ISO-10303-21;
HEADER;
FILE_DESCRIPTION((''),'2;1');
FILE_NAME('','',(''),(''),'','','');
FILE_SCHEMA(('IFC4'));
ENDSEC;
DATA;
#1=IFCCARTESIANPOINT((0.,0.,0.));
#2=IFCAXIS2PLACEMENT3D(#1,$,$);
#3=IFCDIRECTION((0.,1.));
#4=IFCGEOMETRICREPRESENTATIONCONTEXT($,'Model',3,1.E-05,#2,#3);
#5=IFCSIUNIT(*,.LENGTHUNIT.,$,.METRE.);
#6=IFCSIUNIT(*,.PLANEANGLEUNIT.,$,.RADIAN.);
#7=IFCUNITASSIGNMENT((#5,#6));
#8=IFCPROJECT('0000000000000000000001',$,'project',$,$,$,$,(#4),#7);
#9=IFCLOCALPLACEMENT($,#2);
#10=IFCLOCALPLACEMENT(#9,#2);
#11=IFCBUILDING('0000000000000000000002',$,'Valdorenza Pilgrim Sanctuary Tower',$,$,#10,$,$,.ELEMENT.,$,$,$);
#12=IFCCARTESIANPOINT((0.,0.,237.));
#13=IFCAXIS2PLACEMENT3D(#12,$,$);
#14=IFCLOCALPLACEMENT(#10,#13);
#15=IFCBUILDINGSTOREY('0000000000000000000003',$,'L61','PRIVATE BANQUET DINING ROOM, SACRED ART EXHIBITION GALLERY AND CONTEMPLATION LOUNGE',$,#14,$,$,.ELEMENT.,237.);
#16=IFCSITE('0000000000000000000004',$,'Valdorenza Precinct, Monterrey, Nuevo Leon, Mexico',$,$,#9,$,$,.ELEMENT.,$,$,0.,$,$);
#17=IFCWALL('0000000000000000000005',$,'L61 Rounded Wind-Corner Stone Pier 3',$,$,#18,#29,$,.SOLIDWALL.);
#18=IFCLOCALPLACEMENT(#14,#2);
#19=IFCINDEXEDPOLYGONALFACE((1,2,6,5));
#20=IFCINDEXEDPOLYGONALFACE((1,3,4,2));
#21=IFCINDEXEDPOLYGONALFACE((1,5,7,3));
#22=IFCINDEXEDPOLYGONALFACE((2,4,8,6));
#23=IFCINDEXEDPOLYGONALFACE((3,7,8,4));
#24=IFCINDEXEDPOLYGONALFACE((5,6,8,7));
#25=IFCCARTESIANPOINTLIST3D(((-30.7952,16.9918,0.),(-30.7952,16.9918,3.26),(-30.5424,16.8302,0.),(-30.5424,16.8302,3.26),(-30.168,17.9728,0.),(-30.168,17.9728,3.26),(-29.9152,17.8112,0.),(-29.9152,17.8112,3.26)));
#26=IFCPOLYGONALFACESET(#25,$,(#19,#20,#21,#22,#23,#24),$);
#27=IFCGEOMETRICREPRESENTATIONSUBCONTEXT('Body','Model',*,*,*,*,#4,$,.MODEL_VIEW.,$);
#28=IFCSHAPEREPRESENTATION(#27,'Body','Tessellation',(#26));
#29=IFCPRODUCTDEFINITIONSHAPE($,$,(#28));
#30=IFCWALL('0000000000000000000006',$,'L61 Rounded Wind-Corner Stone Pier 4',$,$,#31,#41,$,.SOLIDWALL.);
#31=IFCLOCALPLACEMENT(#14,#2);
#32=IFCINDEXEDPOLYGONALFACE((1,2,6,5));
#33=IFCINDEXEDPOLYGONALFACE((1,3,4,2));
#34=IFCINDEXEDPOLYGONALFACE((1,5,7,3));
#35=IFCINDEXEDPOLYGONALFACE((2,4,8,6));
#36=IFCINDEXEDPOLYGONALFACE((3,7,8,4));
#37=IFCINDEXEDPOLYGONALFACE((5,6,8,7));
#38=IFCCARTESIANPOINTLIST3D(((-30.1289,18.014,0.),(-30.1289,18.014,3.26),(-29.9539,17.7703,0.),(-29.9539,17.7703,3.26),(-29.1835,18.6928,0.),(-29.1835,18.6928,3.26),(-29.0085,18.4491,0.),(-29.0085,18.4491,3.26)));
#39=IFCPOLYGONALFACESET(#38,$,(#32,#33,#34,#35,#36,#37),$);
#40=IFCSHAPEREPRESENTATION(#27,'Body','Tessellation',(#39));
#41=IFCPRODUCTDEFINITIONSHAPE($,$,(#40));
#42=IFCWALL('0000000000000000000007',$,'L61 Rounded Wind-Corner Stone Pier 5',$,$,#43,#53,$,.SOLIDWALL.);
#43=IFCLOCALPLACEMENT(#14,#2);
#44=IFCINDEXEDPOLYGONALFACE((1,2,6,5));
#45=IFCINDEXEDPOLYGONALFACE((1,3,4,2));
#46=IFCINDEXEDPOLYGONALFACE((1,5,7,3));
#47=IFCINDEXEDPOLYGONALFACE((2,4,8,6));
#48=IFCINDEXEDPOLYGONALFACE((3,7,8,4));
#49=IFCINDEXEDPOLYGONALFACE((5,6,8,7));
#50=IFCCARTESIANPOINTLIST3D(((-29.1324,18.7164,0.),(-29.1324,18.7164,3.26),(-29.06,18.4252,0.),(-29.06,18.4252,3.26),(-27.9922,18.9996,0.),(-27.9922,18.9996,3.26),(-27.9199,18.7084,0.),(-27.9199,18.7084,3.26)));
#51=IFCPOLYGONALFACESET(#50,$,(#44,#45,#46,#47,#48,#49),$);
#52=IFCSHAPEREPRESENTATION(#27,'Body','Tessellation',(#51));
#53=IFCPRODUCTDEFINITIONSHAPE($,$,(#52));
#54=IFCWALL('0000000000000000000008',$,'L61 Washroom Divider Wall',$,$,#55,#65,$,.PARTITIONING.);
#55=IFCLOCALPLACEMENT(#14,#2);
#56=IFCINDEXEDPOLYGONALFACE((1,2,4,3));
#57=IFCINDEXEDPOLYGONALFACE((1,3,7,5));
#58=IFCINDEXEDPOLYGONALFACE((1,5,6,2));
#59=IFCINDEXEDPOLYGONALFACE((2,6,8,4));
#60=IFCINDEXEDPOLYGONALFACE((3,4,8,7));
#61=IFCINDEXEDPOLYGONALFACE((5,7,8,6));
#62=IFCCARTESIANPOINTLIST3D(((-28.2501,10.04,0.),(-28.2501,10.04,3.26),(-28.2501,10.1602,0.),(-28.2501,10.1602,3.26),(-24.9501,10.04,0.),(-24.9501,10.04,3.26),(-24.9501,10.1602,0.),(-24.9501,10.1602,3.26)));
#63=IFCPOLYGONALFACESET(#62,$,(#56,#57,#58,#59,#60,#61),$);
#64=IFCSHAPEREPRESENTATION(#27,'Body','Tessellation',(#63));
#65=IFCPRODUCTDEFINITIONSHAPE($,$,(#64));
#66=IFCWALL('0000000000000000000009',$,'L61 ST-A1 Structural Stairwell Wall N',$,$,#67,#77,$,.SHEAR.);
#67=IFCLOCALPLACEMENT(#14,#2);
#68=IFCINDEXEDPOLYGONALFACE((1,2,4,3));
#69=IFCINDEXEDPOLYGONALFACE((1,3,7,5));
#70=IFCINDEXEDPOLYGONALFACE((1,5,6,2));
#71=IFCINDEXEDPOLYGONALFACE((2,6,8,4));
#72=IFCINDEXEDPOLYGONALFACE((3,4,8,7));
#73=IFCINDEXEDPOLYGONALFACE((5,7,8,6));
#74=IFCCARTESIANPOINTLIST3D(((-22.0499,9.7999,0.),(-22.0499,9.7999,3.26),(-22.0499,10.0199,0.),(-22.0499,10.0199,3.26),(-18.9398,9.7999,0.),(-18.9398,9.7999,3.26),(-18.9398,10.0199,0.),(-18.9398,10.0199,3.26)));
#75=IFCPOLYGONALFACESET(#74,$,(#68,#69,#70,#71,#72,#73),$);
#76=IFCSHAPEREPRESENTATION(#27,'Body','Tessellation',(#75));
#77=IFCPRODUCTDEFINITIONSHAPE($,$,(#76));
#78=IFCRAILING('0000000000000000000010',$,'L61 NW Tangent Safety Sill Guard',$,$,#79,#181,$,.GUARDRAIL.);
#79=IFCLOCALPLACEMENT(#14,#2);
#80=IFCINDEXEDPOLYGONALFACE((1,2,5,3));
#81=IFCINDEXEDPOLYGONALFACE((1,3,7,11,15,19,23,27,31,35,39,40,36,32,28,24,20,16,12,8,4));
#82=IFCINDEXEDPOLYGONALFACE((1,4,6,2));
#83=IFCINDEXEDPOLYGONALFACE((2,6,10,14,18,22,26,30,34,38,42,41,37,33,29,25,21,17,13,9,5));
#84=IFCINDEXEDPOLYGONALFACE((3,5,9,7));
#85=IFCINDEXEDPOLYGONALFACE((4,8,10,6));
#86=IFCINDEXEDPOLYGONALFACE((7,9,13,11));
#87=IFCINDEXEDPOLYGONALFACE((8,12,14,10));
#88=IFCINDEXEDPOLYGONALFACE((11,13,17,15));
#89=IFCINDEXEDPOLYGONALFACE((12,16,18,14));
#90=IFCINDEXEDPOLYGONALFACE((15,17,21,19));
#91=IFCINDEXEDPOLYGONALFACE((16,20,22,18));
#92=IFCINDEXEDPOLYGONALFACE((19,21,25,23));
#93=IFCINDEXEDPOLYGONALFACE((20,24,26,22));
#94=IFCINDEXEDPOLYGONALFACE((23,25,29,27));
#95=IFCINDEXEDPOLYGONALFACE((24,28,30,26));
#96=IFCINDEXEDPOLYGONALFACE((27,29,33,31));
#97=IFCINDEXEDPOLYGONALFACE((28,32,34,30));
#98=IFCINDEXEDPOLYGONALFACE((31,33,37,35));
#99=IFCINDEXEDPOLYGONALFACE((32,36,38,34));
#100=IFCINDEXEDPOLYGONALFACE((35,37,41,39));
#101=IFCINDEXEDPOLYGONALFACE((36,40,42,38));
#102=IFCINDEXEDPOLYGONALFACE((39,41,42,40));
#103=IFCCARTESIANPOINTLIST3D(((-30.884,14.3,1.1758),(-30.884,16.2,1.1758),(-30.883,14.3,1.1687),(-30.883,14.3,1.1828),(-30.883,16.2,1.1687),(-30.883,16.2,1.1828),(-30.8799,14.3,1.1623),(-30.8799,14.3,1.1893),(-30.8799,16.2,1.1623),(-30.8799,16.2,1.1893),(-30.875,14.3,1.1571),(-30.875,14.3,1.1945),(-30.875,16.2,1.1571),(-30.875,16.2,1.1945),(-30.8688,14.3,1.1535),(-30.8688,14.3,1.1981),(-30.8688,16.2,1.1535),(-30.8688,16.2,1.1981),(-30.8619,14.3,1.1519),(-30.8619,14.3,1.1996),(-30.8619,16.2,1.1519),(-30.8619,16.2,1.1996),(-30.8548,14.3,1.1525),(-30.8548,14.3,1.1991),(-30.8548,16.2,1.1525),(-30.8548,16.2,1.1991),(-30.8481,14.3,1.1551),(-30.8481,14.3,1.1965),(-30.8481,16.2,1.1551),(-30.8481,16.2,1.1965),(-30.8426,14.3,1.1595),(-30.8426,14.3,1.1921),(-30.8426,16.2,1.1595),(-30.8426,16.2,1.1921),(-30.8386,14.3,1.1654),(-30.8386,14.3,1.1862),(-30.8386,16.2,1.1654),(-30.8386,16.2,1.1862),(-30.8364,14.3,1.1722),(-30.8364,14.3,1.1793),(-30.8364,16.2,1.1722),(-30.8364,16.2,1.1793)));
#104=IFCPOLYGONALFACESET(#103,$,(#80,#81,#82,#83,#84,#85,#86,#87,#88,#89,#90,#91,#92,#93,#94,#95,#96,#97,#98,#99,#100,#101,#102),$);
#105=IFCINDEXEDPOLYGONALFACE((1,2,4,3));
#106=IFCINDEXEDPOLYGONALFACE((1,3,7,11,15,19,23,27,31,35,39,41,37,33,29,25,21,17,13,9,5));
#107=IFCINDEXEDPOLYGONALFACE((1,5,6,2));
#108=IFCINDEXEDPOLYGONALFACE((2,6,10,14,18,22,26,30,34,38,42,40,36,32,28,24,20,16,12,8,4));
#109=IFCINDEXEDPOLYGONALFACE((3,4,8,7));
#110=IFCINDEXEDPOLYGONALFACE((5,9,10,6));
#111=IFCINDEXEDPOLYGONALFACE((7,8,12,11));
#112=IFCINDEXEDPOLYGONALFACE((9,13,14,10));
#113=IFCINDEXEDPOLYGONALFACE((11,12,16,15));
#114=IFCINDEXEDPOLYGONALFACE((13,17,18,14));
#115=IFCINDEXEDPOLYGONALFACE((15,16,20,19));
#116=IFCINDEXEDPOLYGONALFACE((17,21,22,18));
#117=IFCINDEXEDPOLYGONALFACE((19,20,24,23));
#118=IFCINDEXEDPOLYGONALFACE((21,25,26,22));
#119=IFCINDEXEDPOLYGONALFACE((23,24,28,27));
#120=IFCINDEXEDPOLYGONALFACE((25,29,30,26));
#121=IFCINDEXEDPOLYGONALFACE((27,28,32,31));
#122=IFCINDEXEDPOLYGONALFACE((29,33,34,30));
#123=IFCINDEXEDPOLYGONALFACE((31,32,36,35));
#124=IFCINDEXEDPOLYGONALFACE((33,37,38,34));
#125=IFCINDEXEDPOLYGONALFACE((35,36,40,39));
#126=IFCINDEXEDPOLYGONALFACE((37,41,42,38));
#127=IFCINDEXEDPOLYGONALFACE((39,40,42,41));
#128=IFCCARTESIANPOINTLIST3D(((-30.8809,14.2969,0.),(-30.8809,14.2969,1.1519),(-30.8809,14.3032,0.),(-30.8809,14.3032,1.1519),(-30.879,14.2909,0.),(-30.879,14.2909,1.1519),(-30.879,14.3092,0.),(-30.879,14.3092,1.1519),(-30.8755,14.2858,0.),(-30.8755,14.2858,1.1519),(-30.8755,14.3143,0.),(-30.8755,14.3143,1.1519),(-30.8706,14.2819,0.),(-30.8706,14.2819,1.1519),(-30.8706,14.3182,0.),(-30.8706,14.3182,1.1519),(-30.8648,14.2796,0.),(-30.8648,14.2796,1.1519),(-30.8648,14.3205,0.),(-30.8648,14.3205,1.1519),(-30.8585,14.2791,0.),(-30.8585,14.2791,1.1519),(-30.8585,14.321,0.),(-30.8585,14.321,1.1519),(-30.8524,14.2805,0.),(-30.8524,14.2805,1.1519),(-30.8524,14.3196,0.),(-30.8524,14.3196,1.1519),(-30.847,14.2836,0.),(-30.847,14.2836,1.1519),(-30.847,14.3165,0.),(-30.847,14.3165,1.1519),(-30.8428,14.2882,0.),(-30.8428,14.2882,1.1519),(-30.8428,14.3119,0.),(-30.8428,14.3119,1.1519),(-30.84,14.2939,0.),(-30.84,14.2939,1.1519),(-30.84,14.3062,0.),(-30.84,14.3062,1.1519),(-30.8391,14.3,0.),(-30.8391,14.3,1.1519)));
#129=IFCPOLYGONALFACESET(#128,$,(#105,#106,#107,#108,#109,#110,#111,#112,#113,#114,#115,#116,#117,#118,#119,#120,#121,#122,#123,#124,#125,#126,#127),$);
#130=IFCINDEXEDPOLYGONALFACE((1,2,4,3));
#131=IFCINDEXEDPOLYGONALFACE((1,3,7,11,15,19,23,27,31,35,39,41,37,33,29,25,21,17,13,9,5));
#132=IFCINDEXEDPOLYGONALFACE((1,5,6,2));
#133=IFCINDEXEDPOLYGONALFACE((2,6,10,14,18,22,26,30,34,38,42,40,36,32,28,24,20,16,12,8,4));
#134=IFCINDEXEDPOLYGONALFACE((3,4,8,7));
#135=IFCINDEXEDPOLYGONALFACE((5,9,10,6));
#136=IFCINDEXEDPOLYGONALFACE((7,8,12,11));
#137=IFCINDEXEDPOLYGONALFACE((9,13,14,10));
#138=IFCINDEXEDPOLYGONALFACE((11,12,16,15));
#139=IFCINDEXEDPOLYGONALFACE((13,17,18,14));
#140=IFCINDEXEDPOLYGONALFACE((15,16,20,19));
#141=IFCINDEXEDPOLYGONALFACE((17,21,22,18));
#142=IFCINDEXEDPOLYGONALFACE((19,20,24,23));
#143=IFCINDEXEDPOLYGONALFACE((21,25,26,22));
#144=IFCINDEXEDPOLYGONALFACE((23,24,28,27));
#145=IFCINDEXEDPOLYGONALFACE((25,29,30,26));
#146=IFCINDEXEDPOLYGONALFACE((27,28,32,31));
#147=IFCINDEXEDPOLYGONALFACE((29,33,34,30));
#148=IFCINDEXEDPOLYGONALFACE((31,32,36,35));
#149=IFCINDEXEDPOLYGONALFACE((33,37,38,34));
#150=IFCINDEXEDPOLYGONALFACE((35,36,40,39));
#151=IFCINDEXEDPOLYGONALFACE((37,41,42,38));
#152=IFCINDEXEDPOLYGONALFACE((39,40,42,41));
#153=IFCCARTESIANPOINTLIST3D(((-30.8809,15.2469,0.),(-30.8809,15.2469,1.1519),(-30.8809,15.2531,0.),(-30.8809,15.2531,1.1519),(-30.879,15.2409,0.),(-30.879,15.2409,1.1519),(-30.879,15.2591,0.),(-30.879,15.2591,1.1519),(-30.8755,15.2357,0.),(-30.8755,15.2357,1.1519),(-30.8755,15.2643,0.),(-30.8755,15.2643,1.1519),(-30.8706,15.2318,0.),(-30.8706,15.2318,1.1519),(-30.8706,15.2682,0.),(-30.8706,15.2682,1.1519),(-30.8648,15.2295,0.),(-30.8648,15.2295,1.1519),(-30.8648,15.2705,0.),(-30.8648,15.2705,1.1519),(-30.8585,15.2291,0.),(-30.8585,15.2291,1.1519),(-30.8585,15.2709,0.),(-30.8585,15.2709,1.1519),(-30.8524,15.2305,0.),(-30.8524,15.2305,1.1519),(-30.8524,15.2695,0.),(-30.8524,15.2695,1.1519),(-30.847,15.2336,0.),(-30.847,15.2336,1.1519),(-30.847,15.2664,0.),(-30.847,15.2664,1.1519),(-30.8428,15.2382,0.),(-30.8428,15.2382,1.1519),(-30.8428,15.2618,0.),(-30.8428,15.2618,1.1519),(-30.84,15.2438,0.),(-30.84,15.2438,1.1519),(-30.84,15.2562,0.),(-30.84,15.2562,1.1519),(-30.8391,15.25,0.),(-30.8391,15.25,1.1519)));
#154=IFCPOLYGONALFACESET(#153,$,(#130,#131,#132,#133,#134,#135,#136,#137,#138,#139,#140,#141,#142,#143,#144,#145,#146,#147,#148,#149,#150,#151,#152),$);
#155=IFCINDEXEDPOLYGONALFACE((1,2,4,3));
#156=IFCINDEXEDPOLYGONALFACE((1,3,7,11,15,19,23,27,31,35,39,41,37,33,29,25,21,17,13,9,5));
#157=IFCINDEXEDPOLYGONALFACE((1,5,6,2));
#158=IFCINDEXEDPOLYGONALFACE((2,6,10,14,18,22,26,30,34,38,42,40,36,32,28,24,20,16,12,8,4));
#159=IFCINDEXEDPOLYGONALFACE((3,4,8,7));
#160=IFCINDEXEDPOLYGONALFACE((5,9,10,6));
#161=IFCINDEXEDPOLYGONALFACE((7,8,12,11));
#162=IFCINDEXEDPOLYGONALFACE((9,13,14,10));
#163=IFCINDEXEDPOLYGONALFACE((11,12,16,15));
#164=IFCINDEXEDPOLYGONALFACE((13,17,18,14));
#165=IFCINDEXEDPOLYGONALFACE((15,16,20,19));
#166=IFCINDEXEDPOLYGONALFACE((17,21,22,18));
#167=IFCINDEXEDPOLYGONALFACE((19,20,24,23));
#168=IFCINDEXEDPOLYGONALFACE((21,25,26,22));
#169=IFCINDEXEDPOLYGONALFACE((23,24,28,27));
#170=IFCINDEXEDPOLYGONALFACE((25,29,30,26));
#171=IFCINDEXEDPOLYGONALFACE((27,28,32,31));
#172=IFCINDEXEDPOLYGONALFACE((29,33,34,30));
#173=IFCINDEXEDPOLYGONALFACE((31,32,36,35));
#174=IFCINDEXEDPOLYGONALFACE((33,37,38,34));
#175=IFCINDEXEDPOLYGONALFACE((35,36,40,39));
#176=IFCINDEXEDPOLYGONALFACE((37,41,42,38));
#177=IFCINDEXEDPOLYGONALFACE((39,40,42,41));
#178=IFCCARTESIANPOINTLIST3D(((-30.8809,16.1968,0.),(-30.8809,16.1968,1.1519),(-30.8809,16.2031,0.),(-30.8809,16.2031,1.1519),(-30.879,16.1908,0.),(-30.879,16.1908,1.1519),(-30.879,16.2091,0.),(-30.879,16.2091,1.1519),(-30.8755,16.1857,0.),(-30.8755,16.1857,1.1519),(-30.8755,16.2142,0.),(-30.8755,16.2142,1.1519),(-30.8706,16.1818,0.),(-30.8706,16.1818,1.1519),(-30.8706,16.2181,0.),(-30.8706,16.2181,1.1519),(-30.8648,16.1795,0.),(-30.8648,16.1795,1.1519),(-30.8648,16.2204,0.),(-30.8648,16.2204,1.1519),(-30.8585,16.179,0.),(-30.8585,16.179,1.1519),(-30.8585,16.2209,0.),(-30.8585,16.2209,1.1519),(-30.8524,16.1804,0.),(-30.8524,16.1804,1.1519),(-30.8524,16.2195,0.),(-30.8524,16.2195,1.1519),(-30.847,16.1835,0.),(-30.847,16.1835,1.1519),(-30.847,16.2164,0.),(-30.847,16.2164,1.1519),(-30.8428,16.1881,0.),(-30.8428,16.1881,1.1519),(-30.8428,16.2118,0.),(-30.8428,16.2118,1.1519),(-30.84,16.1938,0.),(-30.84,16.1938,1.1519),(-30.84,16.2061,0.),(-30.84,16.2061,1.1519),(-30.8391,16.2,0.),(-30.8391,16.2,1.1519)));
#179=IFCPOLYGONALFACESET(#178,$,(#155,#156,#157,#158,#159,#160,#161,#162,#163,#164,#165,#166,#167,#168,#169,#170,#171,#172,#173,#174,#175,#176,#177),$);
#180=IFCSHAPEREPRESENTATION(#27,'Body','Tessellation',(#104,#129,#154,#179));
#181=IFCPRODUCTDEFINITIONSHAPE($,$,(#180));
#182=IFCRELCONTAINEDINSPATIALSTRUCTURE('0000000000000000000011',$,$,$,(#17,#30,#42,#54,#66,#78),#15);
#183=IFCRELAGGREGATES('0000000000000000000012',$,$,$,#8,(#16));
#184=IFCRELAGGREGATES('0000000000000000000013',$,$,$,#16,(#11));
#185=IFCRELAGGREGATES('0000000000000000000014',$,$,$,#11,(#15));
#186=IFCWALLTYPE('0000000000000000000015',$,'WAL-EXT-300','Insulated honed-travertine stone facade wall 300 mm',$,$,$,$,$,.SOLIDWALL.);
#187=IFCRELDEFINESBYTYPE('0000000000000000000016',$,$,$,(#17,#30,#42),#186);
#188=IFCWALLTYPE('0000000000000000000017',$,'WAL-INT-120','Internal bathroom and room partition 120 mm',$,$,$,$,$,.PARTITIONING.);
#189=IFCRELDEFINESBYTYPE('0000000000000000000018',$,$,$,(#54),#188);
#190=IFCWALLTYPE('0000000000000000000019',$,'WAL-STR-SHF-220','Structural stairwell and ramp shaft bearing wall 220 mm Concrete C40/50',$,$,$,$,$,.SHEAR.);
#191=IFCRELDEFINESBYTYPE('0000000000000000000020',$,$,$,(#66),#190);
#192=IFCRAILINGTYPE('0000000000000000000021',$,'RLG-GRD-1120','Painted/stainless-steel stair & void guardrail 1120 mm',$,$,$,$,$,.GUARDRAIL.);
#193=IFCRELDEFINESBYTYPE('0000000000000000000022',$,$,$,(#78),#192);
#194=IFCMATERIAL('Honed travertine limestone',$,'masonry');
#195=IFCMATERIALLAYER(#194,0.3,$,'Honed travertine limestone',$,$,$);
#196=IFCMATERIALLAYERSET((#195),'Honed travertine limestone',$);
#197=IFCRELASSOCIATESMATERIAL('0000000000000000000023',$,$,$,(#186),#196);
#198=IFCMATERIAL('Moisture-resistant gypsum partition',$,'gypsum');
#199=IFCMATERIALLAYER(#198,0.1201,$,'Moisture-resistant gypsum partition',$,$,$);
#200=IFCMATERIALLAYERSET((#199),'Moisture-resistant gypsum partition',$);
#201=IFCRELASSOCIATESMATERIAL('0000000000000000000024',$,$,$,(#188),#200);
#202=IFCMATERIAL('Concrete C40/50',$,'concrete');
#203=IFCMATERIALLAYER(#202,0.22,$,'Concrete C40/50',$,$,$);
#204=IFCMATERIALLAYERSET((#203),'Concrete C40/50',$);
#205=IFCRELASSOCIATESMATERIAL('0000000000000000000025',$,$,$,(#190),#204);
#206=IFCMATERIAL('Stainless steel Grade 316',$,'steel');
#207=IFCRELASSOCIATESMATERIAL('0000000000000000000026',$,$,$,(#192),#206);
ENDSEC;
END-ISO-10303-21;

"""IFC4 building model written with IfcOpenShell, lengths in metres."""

from ifc_helpers import new_model, si_unit, direction, frame, frame_2d, origin, origin_2d, place, context, subcontext, project, spatial, rectangle, circle, extrude, material, layer, layer_set, type_object, element, save


model = new_model("IFC4")

# Units and contexts
model_context = context("Model", 3, precision=1e-05, world=origin(), true_north=direction((0.0, 1.0)))
body_context = subcontext(model_context, "Body", "Model", "MODEL_VIEW")
ifc_project = project(units=[si_unit("LENGTHUNIT", "METRE"), si_unit("PLANEANGLEUNIT", "RADIAN")], contexts=[model_context])

# Site, building, storey
site_placement = place(None, origin())
site = spatial("IfcSite", under=ifc_project, at=site_placement, Name="Valdorenza Precinct, Monterrey, Nuevo Leon, Mexico", CompositionType="ELEMENT", RefElevation=0.0)
building_placement = place(site_placement, origin())
building = spatial("IfcBuilding", under=site, at=building_placement, Name="Valdorenza Pilgrim Sanctuary Tower", CompositionType="ELEMENT")
storey_placement = place(building_placement, frame((0.0, 0.0, 237.0)))
storey = spatial("IfcBuildingStorey", under=building, at=storey_placement, Name="L61", Description="PRIVATE BANQUET DINING ROOM, SACRED ART EXHIBITION GALLERY AND CONTEMPLATION LOUNGE", CompositionType="ELEMENT", Elevation=237.0)

# Shared definitions
ifc_material_1 = material(Name="Honed travertine limestone", Category="masonry")

# Walls
ifc_layer_1 = layer(ifc_material_1, 0.3, Name="Honed travertine limestone")
ifc_layer_set_1 = layer_set([ifc_layer_1], Name="Honed travertine limestone")
wall_type_1 = type_object("IfcWallType", Name="WAL-EXT-300", Description="Insulated honed-travertine stone facade wall 300 mm", PredefinedType="SOLIDWALL", material=ifc_layer_set_1)
wall_1_placement = place(storey_placement, frame((-30.6687, 16.9111, 0.0), z_axis=(0.0, 0.0, 1.0), x_axis=(0.538679, 0.842511, 0.0)))
element("IfcWall", 1, at=wall_1_placement, inside=storey, type_object=wall_type_1, Name="L61 Rounded Wind-Corner Stone Pier 3", PredefinedType="SOLIDWALL", context=body_context, shape_type="SweptSolid", body=[
    extrude(rectangle(XDim=1.1643, YDim=0.3, at=frame_2d((0.582, 0.0))), origin(), (0.0, 0.0, 1.0), 3.26),
])
wall_2_placement = place(storey_placement, frame((-30.0415, 17.8921, 0.0), z_axis=(0.0, 0.0, 1.0), x_axis=(0.812314, 0.583221, 0.0)))
element("IfcWall", 2, at=wall_2_placement, inside=storey, type_object=wall_type_1, Name="L61 Rounded Wind-Corner Stone Pier 4", PredefinedType="SOLIDWALL", context=body_context, shape_type="SweptSolid", body=[
    extrude(rectangle(XDim=1.1638, YDim=0.3, at=frame_2d((0.582, 0.0))), origin(), (0.0, 0.0, 1.0), 3.26),
])
wall_3_placement = place(storey_placement, frame((-29.0962, 18.5708, 0.0), z_axis=(0.0, 0.0, 1.0), x_axis=(0.970508, 0.241068, 0.0)))
element("IfcWall", 3, at=wall_3_placement, inside=storey, type_object=wall_type_1, Name="L61 Rounded Wind-Corner Stone Pier 5", PredefinedType="SOLIDWALL", context=body_context, shape_type="SweptSolid", body=[
    extrude(rectangle(XDim=1.1748, YDim=0.3, at=frame_2d((0.5874, 0.0))), origin(), (0.0, 0.0, 1.0), 3.26),
])
ifc_material_2 = material(Name="Moisture-resistant gypsum partition", Category="gypsum")
ifc_layer_2 = layer(ifc_material_2, 0.1201, Name="Moisture-resistant gypsum partition")
ifc_layer_set_2 = layer_set([ifc_layer_2], Name="Moisture-resistant gypsum partition")
wall_type_2 = type_object("IfcWallType", Name="WAL-INT-120", Description="Internal bathroom and room partition 120 mm", PredefinedType="PARTITIONING", material=ifc_layer_set_2)
wall_4_placement = place(storey_placement, frame((-28.25, 10.1001, 0.0), z_axis=(0.0, 0.0, 1.0), x_axis=(1.0, 0.0, 0.0)))
element("IfcWall", 4, at=wall_4_placement, inside=storey, type_object=wall_type_2, Name="L61 Washroom Divider Wall", PredefinedType="PARTITIONING", context=body_context, shape_type="SweptSolid", body=[
    extrude(rectangle(XDim=3.3, YDim=0.1201, at=frame_2d((1.6499, 0.0))), origin(), (0.0, 0.0, 1.0), 3.26),
])
ifc_material_3 = material(Name="Concrete C40/50", Category="concrete")
ifc_layer_3 = layer(ifc_material_3, 0.22, Name="Concrete C40/50")
ifc_layer_set_3 = layer_set([ifc_layer_3], Name="Concrete C40/50")
wall_type_3 = type_object("IfcWallType", Name="WAL-STR-SHF-220", Description="Structural stairwell and ramp shaft bearing wall 220 mm Concrete C40/50", PredefinedType="SHEAR", material=ifc_layer_set_3)
wall_5_placement = place(storey_placement, frame((-22.05, 9.9099, 0.0), z_axis=(0.0, 0.0, 1.0), x_axis=(1.0, 0.0, 0.0)))
element("IfcWall", 5, at=wall_5_placement, inside=storey, type_object=wall_type_3, Name="L61 ST-A1 Structural Stairwell Wall N", PredefinedType="SHEAR", context=body_context, shape_type="SweptSolid", body=[
    extrude(rectangle(XDim=3.1101, YDim=0.22, at=frame_2d((1.5552, 0.0))), origin(), (0.0, 0.0, 1.0), 3.26),
])

# Railing
ifc_material_4 = material(Name="Stainless steel Grade 316", Category="steel")
railing_type = type_object("IfcRailingType", Name="RLG-GRD-1120", Description="Painted/stainless-steel stair & void guardrail 1120 mm", PredefinedType="GUARDRAIL", material=ifc_material_4)
railing_placement = place(storey_placement, frame((-30.8601, 14.3, 0.0)))
element("IfcRailing", 6, at=railing_placement, inside=storey, type_object=railing_type, Name="L61 NW Tangent Safety Sill Guard", PredefinedType="GUARDRAIL", context=body_context, shape_type="SweptSolid", body=[
    extrude(circle(Radius=0.0239, at=origin_2d()), frame((0.0, 0.0, 1.1758), z_axis=(0.0, 1.0, 0.0), x_axis=(-1.0, 0.0, 0.0)), (0.0, 0.0, 1.0), 1.8999),
    extrude(circle(Radius=0.021, at=origin_2d()), origin(), (0.0, 0.0, 1.0), 1.1519),
    extrude(circle(Radius=0.021, at=origin_2d()), frame((0.0, 0.95, 0.0)), (0.0, 0.0, 1.0), 1.1519),
    extrude(circle(Radius=0.021, at=origin_2d()), frame((0.0, 1.8999, 0.0)), (0.0, 0.0, 1.0), 1.1519),
])

save(model, "model.ifc")
